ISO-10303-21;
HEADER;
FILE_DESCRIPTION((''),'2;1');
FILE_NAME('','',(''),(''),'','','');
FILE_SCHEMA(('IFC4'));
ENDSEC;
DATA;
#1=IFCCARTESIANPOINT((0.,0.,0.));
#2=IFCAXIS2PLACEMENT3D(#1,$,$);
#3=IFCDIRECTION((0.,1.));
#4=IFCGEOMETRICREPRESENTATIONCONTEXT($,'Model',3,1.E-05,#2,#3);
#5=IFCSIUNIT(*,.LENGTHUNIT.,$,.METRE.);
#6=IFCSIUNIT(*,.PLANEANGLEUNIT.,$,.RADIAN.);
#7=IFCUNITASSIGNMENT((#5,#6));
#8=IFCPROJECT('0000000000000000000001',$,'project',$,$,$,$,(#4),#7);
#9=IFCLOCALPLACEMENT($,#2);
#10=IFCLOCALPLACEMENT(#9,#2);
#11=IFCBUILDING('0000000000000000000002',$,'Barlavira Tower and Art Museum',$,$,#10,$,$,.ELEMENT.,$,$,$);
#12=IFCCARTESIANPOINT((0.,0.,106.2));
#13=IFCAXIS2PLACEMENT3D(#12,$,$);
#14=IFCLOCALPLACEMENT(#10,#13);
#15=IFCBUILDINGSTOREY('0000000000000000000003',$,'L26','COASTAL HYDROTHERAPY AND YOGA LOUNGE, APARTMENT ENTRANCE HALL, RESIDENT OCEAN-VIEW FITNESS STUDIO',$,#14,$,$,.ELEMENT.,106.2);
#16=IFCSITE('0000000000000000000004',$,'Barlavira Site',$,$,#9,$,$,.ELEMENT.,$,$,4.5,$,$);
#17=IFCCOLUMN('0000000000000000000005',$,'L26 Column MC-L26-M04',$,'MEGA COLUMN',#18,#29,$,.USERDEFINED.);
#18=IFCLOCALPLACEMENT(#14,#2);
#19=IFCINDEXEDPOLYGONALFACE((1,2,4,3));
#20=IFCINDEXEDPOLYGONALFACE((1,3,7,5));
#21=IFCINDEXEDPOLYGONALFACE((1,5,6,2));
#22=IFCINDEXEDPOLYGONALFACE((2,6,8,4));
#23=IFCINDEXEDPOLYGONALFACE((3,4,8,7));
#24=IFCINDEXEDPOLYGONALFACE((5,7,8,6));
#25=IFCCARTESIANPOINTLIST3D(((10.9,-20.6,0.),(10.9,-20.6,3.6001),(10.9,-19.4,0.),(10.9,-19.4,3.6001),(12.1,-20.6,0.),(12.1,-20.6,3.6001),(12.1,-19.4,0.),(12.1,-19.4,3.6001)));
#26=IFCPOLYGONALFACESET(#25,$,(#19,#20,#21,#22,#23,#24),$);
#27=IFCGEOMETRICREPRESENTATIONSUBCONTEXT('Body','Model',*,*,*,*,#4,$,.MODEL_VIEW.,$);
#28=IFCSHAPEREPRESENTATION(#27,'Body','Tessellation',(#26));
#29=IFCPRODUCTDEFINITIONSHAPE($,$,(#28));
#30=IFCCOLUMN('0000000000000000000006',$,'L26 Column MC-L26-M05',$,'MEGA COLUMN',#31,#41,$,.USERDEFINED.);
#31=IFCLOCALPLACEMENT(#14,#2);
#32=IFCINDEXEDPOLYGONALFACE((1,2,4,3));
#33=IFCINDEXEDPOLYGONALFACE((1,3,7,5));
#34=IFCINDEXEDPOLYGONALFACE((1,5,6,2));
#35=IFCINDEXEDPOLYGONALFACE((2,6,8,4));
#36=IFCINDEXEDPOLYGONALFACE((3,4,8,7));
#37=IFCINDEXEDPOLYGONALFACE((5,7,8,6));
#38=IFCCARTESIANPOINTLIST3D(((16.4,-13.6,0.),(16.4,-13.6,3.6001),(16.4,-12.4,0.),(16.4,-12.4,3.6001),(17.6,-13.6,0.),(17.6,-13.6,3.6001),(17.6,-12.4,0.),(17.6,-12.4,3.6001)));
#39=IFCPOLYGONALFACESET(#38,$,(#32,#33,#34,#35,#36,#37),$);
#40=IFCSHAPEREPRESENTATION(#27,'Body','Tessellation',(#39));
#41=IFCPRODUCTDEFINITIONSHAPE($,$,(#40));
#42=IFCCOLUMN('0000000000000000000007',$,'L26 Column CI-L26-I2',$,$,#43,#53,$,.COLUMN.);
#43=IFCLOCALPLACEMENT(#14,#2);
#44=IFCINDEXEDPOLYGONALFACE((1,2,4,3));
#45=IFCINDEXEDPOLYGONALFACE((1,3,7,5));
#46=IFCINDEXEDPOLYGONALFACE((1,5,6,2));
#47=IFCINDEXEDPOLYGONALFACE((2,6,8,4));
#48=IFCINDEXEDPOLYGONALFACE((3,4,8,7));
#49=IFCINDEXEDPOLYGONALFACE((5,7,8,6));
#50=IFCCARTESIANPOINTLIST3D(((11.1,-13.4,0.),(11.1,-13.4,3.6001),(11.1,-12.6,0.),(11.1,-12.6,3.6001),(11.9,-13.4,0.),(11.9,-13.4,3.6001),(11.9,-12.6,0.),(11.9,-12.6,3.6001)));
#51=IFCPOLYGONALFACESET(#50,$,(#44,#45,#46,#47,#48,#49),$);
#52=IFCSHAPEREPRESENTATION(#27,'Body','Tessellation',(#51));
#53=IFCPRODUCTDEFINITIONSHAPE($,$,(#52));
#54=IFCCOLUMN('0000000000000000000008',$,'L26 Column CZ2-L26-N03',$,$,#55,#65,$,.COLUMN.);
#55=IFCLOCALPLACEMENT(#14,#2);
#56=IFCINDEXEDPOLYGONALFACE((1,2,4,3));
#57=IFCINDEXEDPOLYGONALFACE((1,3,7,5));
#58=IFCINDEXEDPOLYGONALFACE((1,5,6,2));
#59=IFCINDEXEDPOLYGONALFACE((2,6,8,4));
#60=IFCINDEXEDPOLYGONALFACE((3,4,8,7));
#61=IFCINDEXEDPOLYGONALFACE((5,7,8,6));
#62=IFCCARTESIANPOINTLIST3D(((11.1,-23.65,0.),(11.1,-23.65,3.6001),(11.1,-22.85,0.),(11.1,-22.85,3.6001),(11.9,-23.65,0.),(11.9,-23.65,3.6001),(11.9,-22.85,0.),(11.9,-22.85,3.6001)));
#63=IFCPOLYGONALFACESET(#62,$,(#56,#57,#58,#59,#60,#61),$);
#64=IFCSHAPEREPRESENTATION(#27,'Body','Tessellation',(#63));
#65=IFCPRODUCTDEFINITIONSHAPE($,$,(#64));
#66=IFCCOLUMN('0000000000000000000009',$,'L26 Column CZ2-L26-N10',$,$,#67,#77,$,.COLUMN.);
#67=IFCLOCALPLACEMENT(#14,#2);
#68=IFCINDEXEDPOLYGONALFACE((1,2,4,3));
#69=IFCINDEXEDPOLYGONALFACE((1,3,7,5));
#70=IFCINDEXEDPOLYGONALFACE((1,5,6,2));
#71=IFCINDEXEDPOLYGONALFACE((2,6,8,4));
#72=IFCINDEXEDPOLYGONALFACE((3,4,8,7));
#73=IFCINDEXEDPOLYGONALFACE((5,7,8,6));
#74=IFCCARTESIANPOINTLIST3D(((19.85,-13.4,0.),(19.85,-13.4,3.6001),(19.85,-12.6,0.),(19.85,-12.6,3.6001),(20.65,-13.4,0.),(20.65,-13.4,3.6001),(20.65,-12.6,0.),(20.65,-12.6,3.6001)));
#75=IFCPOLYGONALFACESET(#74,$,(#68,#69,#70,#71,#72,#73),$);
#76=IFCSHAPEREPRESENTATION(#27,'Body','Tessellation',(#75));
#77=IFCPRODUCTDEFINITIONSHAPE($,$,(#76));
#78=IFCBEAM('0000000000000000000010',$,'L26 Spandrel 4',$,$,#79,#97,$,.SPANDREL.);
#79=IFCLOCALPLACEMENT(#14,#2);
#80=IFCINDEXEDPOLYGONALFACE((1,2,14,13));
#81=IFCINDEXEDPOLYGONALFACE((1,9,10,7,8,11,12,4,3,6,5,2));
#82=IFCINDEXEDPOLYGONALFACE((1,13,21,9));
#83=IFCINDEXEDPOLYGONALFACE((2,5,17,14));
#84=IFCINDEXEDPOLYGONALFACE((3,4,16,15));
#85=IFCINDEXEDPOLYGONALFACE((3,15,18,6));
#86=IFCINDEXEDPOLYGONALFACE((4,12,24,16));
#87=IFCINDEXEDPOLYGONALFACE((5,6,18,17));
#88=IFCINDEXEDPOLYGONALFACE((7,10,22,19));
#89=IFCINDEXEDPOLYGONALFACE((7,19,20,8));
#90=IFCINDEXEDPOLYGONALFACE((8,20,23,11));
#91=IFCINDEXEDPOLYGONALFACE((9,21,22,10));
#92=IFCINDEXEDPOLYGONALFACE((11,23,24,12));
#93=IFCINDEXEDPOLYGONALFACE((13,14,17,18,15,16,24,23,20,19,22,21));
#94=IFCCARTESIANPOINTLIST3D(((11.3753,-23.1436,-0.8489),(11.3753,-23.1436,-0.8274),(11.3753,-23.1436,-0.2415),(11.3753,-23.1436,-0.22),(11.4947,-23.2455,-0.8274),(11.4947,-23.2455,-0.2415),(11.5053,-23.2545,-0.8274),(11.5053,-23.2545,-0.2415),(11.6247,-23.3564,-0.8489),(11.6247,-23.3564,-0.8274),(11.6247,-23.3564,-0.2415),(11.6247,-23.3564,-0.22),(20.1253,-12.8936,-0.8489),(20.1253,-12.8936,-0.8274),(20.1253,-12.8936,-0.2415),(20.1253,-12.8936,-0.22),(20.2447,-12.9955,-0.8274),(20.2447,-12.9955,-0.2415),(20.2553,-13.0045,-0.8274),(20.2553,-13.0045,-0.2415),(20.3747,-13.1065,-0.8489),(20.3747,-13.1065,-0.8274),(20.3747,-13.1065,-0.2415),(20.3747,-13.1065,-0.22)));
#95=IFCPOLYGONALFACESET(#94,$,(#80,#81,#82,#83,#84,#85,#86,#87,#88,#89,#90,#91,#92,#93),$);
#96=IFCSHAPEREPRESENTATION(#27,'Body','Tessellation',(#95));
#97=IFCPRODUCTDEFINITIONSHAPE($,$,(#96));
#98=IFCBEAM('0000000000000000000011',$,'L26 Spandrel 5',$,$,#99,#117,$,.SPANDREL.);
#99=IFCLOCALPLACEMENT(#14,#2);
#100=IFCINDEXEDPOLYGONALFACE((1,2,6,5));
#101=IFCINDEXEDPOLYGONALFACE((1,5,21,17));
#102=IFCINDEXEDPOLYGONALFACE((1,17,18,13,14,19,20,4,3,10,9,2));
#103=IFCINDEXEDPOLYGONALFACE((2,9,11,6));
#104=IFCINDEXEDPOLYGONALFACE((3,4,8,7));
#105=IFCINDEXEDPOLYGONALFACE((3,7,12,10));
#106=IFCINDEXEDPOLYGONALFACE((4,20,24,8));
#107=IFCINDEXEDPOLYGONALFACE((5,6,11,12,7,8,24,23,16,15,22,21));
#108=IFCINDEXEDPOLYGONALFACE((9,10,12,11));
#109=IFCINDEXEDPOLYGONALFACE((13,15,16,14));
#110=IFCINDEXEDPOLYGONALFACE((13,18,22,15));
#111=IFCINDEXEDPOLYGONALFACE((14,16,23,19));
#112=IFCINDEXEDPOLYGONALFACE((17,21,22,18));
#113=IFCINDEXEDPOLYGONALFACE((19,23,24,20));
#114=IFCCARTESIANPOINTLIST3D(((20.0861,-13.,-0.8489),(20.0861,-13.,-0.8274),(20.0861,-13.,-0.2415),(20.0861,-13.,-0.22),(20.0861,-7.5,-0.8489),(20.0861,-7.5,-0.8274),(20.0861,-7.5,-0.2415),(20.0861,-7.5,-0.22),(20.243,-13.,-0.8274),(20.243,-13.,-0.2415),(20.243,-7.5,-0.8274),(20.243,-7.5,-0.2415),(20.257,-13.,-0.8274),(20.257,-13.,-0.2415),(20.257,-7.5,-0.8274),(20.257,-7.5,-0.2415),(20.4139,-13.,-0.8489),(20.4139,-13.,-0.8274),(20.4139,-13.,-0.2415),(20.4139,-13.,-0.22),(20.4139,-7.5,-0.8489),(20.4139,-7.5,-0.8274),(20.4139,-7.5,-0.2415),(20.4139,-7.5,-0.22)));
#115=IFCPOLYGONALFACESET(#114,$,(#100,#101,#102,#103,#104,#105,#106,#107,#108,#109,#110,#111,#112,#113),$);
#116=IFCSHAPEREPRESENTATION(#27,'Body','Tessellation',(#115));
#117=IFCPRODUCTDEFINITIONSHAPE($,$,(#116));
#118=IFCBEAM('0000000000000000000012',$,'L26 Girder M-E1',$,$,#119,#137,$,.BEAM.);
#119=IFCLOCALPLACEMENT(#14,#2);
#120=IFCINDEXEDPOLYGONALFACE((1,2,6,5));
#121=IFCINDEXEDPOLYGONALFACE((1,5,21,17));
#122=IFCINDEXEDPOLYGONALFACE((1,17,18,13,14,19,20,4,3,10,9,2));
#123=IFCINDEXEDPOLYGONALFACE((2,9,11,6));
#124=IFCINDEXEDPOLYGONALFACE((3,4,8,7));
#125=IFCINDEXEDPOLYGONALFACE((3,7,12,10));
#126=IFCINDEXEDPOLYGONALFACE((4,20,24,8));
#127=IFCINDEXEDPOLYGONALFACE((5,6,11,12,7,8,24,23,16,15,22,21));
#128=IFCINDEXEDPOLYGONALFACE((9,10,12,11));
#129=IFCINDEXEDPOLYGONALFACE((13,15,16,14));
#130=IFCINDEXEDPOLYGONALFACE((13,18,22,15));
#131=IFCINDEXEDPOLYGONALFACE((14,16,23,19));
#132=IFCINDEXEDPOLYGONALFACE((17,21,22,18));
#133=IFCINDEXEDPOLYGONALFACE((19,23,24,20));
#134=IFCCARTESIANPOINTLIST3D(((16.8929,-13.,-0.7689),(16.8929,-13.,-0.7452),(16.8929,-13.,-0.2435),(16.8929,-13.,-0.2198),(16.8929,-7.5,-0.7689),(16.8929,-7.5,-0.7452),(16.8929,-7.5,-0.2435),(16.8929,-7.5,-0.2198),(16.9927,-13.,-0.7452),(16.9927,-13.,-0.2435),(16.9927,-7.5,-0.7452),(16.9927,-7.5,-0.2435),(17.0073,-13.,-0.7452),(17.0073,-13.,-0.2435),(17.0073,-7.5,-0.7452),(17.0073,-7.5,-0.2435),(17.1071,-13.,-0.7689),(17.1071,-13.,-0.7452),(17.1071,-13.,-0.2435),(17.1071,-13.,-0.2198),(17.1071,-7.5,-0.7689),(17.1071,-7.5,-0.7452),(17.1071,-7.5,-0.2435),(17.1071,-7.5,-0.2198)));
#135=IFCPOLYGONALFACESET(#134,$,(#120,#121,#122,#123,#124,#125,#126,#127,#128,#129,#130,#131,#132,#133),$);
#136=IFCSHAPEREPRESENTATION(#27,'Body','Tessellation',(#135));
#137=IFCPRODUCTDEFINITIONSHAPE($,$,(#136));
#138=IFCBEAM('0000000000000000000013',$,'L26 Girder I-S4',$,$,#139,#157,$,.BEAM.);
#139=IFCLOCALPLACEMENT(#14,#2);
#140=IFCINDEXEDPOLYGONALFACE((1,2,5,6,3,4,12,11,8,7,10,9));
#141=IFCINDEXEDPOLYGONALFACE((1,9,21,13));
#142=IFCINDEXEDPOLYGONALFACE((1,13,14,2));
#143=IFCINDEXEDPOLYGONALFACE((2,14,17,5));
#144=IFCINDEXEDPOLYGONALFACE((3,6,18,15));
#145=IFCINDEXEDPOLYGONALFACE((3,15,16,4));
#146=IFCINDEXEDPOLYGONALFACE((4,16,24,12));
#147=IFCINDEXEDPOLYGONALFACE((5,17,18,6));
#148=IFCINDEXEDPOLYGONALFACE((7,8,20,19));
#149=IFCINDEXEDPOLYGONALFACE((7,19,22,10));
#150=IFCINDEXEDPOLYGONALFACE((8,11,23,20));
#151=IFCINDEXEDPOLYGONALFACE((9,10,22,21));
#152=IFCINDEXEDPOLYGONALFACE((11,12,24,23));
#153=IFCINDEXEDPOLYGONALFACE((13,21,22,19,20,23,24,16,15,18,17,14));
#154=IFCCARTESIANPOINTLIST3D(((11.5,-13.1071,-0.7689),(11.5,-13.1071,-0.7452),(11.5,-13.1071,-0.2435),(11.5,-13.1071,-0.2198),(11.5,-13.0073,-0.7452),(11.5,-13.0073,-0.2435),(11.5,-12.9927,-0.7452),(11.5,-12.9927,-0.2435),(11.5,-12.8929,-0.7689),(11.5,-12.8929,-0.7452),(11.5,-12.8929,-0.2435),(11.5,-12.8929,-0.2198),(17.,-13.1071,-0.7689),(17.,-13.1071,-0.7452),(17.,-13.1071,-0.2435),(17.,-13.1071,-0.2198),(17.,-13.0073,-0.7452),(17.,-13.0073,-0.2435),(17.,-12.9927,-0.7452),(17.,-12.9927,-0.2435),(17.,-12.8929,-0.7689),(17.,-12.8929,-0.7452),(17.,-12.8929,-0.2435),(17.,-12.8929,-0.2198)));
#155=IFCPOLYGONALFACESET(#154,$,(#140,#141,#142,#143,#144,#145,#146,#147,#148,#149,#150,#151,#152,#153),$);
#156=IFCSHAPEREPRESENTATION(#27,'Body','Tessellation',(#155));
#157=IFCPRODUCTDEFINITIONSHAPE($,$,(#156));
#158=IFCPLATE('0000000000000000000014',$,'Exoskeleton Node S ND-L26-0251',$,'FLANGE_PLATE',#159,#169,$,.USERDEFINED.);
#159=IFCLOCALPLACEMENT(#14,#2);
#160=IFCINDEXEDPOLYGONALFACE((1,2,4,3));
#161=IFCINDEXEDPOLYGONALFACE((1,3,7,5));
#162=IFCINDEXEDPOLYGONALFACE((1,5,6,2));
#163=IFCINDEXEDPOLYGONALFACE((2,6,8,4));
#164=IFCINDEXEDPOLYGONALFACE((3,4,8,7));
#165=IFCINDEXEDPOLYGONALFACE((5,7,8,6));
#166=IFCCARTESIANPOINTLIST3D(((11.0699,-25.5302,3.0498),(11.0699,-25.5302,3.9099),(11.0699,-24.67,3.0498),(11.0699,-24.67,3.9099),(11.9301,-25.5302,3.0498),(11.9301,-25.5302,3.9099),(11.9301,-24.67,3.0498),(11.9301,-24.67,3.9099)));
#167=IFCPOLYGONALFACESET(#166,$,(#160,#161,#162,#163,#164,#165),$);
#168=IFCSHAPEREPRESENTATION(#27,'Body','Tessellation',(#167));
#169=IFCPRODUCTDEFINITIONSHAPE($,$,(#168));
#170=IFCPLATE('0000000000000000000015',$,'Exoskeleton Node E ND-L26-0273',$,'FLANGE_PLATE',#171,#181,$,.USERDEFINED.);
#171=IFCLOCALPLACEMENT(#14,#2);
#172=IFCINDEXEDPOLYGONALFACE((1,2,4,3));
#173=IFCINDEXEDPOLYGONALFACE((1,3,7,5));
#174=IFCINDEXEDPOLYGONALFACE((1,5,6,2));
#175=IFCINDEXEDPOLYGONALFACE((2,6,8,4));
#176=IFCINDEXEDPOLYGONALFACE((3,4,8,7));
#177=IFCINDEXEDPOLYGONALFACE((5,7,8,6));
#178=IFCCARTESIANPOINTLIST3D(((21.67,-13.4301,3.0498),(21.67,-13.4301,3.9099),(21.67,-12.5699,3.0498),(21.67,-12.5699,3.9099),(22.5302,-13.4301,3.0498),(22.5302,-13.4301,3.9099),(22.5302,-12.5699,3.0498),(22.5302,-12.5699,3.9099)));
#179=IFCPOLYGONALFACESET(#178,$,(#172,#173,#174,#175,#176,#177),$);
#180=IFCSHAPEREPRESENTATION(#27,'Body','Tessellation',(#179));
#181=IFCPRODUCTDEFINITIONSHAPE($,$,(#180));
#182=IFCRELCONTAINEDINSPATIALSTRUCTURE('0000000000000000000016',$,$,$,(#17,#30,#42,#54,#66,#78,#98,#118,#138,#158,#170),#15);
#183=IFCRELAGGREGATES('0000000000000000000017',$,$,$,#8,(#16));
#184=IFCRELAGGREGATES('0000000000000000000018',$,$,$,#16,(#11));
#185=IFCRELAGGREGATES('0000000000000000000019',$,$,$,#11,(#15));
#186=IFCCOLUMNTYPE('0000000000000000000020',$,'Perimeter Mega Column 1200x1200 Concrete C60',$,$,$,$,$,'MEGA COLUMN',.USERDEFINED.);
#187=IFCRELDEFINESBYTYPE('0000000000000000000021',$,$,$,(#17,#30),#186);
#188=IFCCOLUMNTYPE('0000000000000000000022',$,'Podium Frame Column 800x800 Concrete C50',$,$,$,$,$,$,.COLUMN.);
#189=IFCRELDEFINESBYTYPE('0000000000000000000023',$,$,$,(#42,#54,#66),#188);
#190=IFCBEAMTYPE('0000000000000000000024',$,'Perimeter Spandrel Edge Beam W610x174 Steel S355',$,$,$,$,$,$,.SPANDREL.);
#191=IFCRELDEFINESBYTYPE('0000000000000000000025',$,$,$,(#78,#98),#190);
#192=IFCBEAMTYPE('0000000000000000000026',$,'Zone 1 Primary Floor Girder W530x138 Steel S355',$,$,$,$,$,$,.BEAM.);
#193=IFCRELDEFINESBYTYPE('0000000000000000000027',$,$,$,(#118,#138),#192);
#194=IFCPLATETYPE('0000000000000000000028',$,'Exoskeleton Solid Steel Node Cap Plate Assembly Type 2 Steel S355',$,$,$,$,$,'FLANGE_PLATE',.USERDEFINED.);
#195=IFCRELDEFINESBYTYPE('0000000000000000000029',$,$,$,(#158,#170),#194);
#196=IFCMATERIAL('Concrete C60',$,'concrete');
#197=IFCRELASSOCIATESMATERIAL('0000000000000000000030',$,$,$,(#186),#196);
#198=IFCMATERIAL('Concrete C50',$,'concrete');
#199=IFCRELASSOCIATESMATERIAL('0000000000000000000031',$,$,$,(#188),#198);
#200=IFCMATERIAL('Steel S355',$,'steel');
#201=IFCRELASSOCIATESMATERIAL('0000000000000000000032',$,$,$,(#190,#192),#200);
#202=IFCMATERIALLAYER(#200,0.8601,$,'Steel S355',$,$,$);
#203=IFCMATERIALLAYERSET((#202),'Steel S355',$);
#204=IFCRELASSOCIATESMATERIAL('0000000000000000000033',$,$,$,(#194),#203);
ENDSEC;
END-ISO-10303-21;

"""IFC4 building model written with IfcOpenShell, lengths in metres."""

from ifc_helpers import new_model, si_unit, direction, frame, origin, origin_2d, place, context, subcontext, project, spatial, rectangle, i_section, extrude, material, layer, layer_set, material_profile, profile_set, type_object, element, save


model = new_model("IFC4")

# Units and contexts
model_context = context("Model", 3, precision=1e-05, world=origin(), true_north=direction((0.0, 1.0)))
body_context = subcontext(model_context, "Body", "Model", "MODEL_VIEW")
ifc_project = project(units=[si_unit("LENGTHUNIT", "METRE"), si_unit("PLANEANGLEUNIT", "RADIAN")], contexts=[model_context])

# Site, building, storey
site_placement = place(None, origin())
site = spatial("IfcSite", under=ifc_project, at=site_placement, Name="Barlavira Site", CompositionType="ELEMENT", RefElevation=4.5)
building_placement = place(site_placement, origin())
building = spatial("IfcBuilding", under=site, at=building_placement, Name="Barlavira Tower and Art Museum", CompositionType="ELEMENT")
storey_placement = place(building_placement, frame((0.0, 0.0, 106.2)))
storey = spatial("IfcBuildingStorey", under=building, at=storey_placement, Name="L26", Description="COASTAL HYDROTHERAPY AND YOGA LOUNGE, APARTMENT ENTRANCE HALL, RESIDENT OCEAN-VIEW FITNESS STUDIO", CompositionType="ELEMENT", Elevation=106.2)

# Columns
ifc_material_1 = material(Name="Concrete C60", Category="concrete")
ifc_material_profile_1 = material_profile(ifc_material_1, rectangle(XDim=1.2, YDim=1.2, at=origin_2d()), Name="RC-COL 1200x1200")
ifc_profile_set_1 = profile_set([ifc_material_profile_1], Name="Concrete C60")
column_type_1 = type_object("IfcColumnType", Name="Perimeter Mega Column 1200x1200 Concrete C60", ElementType="MEGA COLUMN", PredefinedType="USERDEFINED", material=ifc_profile_set_1)
for number, where, z_axis, x_axis, name in (
    (1, (11.5, -20.0, 0.0), (0.0, 0.0, 1.0), (1.0, 0.0, 0.0), "L26 Column MC-L26-M04"),
    (2, (17.0, -13.0, 0.0), (0.0, 0.0, 1.0), (1.0, 0.0, 0.0), "L26 Column MC-L26-M05"),
):
    element("IfcColumn", number, at=place(storey_placement, frame(where, z_axis=z_axis, x_axis=x_axis)), inside=storey, type_object=column_type_1, Name=name, ObjectType="MEGA COLUMN", PredefinedType="USERDEFINED", context=body_context, shape_type="SweptSolid", body=[
        extrude(rectangle(XDim=1.2, YDim=1.2, at=origin_2d()), origin(), (0.0, 0.0, 1.0), 3.6001),
    ])
ifc_material_2 = material(Name="Concrete C50", Category="concrete")
ifc_material_profile_2 = material_profile(ifc_material_2, rectangle(XDim=0.8, YDim=0.8, at=origin_2d()), Name="RC-COL 800x800")
ifc_profile_set_2 = profile_set([ifc_material_profile_2], Name="Concrete C50")
column_type_2 = type_object("IfcColumnType", Name="Podium Frame Column 800x800 Concrete C50", PredefinedType="COLUMN", material=ifc_profile_set_2)
for number, where, z_axis, x_axis, name in (
    (3, (11.5, -13.0, 0.0), (0.0, 0.0, 1.0), (1.0, 0.0, 0.0), "L26 Column CI-L26-I2"),
    (4, (11.5, -23.25, 0.0), (0.0, 0.0, 1.0), (1.0, 0.0, 0.0), "L26 Column CZ2-L26-N03"),
    (5, (20.25, -13.0, 0.0), (0.0, 0.0, 1.0), (1.0, 0.0, 0.0), "L26 Column CZ2-L26-N10"),
):
    element("IfcColumn", number, at=place(storey_placement, frame(where, z_axis=z_axis, x_axis=x_axis)), inside=storey, type_object=column_type_2, Name=name, PredefinedType="COLUMN", context=body_context, shape_type="SweptSolid", body=[
        extrude(rectangle(XDim=0.8, YDim=0.8, at=origin_2d()), origin(), (0.0, 0.0, 1.0), 3.6001),
    ])

# Beams
ifc_material_3 = material(Name="Steel S355", Category="steel")
ifc_material_profile_3 = material_profile(ifc_material_3, i_section(OverallWidth=0.3279, OverallDepth=0.6289, WebThickness=0.0139, FlangeThickness=0.0215, at=origin_2d()), Name="W610x174.0")
ifc_profile_set_3 = profile_set([ifc_material_profile_3], Name="Steel S355")
beam_type_1 = type_object("IfcBeamType", Name="Perimeter Spandrel Edge Beam W610x174 Steel S355", PredefinedType="SPANDREL", material=ifc_profile_set_3)
beam_1_placement = place(storey_placement, frame((11.5, -23.25, -0.5344), z_axis=(0.649262, 0.760565, 0.0), x_axis=(-0.760565, 0.649262, 0.0)))
element("IfcBeam", 6, at=beam_1_placement, inside=storey, type_object=beam_type_1, Name="L26 Spandrel 4", PredefinedType="SPANDREL", context=body_context, shape_type="SweptSolid", body=[
    extrude(i_section(OverallWidth=0.3279, OverallDepth=0.6289, WebThickness=0.0139, FlangeThickness=0.0215, at=origin_2d()), origin(), (0.0, 0.0, 1.0), 13.4768),
])
beam_2_placement = place(storey_placement, frame((20.25, -13.0, -0.5344), z_axis=(0.0, 1.0, 0.0), x_axis=(-1.0, 0.0, 0.0)))
element("IfcBeam", 7, at=beam_2_placement, inside=storey, type_object=beam_type_1, Name="L26 Spandrel 5", PredefinedType="SPANDREL", context=body_context, shape_type="SweptSolid", body=[
    extrude(i_section(OverallWidth=0.3279, OverallDepth=0.6289, WebThickness=0.0139, FlangeThickness=0.0215, at=origin_2d()), origin(), (0.0, 0.0, 1.0), 5.5),
])
ifc_material_profile_4 = material_profile(ifc_material_3, i_section(OverallWidth=0.2141, OverallDepth=0.5491, WebThickness=0.0146, FlangeThickness=0.0237, at=origin_2d()), Name="W530x138.0")
ifc_profile_set_4 = profile_set([ifc_material_profile_4], Name="Steel S355")
beam_type_2 = type_object("IfcBeamType", Name="Zone 1 Primary Floor Girder W530x138 Steel S355", PredefinedType="BEAM", material=ifc_profile_set_4)
for number, where, z_axis, x_axis, name in (
    (8, (17.0, -13.0, -0.4944), (0.0, 1.0, 0.0), (-1.0, 0.0, 0.0), "L26 Girder M-E1"),
    (9, (11.5, -13.0, -0.4944), (1.0, 0.0, 0.0), (0.0, 1.0, 0.0), "L26 Girder I-S4"),
):
    element("IfcBeam", number, at=place(storey_placement, frame(where, z_axis=z_axis, x_axis=x_axis)), inside=storey, type_object=beam_type_2, Name=name, PredefinedType="BEAM", context=body_context, shape_type="SweptSolid", body=[
        extrude(i_section(OverallWidth=0.2141, OverallDepth=0.5491, WebThickness=0.0146, FlangeThickness=0.0237, at=origin_2d()), origin(), (0.0, 0.0, 1.0), 5.5),
    ])

# Plates
ifc_layer_1 = layer(ifc_material_3, 0.8601, Name="Steel S355")
ifc_layer_set_1 = layer_set([ifc_layer_1], Name="Steel S355")
plate_type = type_object("IfcPlateType", Name="Exoskeleton Solid Steel Node Cap Plate Assembly Type 2 Steel S355", ElementType="FLANGE_PLATE", PredefinedType="USERDEFINED", material=ifc_layer_set_1)
for number, where, z_axis, x_axis, name in (
    (10, (11.5, -25.1001, 3.0498), (0.0, 0.0, 1.0), (1.0, 0.0, 0.0), "Exoskeleton Node S ND-L26-0251"),
    (11, (22.1001, -13.0, 3.0498), (0.0, 0.0, 1.0), (1.0, 0.0, 0.0), "Exoskeleton Node E ND-L26-0273"),
):
    element("IfcPlate", number, at=place(storey_placement, frame(where, z_axis=z_axis, x_axis=x_axis)), inside=storey, type_object=plate_type, Name=name, ObjectType="FLANGE_PLATE", PredefinedType="USERDEFINED", context=body_context, shape_type="SweptSolid", body=[
        extrude(rectangle(XDim=0.8601, YDim=0.8601, at=origin_2d()), origin(), (0.0, 0.0, 1.0), 0.8601),
    ])

save(model, "model.ifc")
